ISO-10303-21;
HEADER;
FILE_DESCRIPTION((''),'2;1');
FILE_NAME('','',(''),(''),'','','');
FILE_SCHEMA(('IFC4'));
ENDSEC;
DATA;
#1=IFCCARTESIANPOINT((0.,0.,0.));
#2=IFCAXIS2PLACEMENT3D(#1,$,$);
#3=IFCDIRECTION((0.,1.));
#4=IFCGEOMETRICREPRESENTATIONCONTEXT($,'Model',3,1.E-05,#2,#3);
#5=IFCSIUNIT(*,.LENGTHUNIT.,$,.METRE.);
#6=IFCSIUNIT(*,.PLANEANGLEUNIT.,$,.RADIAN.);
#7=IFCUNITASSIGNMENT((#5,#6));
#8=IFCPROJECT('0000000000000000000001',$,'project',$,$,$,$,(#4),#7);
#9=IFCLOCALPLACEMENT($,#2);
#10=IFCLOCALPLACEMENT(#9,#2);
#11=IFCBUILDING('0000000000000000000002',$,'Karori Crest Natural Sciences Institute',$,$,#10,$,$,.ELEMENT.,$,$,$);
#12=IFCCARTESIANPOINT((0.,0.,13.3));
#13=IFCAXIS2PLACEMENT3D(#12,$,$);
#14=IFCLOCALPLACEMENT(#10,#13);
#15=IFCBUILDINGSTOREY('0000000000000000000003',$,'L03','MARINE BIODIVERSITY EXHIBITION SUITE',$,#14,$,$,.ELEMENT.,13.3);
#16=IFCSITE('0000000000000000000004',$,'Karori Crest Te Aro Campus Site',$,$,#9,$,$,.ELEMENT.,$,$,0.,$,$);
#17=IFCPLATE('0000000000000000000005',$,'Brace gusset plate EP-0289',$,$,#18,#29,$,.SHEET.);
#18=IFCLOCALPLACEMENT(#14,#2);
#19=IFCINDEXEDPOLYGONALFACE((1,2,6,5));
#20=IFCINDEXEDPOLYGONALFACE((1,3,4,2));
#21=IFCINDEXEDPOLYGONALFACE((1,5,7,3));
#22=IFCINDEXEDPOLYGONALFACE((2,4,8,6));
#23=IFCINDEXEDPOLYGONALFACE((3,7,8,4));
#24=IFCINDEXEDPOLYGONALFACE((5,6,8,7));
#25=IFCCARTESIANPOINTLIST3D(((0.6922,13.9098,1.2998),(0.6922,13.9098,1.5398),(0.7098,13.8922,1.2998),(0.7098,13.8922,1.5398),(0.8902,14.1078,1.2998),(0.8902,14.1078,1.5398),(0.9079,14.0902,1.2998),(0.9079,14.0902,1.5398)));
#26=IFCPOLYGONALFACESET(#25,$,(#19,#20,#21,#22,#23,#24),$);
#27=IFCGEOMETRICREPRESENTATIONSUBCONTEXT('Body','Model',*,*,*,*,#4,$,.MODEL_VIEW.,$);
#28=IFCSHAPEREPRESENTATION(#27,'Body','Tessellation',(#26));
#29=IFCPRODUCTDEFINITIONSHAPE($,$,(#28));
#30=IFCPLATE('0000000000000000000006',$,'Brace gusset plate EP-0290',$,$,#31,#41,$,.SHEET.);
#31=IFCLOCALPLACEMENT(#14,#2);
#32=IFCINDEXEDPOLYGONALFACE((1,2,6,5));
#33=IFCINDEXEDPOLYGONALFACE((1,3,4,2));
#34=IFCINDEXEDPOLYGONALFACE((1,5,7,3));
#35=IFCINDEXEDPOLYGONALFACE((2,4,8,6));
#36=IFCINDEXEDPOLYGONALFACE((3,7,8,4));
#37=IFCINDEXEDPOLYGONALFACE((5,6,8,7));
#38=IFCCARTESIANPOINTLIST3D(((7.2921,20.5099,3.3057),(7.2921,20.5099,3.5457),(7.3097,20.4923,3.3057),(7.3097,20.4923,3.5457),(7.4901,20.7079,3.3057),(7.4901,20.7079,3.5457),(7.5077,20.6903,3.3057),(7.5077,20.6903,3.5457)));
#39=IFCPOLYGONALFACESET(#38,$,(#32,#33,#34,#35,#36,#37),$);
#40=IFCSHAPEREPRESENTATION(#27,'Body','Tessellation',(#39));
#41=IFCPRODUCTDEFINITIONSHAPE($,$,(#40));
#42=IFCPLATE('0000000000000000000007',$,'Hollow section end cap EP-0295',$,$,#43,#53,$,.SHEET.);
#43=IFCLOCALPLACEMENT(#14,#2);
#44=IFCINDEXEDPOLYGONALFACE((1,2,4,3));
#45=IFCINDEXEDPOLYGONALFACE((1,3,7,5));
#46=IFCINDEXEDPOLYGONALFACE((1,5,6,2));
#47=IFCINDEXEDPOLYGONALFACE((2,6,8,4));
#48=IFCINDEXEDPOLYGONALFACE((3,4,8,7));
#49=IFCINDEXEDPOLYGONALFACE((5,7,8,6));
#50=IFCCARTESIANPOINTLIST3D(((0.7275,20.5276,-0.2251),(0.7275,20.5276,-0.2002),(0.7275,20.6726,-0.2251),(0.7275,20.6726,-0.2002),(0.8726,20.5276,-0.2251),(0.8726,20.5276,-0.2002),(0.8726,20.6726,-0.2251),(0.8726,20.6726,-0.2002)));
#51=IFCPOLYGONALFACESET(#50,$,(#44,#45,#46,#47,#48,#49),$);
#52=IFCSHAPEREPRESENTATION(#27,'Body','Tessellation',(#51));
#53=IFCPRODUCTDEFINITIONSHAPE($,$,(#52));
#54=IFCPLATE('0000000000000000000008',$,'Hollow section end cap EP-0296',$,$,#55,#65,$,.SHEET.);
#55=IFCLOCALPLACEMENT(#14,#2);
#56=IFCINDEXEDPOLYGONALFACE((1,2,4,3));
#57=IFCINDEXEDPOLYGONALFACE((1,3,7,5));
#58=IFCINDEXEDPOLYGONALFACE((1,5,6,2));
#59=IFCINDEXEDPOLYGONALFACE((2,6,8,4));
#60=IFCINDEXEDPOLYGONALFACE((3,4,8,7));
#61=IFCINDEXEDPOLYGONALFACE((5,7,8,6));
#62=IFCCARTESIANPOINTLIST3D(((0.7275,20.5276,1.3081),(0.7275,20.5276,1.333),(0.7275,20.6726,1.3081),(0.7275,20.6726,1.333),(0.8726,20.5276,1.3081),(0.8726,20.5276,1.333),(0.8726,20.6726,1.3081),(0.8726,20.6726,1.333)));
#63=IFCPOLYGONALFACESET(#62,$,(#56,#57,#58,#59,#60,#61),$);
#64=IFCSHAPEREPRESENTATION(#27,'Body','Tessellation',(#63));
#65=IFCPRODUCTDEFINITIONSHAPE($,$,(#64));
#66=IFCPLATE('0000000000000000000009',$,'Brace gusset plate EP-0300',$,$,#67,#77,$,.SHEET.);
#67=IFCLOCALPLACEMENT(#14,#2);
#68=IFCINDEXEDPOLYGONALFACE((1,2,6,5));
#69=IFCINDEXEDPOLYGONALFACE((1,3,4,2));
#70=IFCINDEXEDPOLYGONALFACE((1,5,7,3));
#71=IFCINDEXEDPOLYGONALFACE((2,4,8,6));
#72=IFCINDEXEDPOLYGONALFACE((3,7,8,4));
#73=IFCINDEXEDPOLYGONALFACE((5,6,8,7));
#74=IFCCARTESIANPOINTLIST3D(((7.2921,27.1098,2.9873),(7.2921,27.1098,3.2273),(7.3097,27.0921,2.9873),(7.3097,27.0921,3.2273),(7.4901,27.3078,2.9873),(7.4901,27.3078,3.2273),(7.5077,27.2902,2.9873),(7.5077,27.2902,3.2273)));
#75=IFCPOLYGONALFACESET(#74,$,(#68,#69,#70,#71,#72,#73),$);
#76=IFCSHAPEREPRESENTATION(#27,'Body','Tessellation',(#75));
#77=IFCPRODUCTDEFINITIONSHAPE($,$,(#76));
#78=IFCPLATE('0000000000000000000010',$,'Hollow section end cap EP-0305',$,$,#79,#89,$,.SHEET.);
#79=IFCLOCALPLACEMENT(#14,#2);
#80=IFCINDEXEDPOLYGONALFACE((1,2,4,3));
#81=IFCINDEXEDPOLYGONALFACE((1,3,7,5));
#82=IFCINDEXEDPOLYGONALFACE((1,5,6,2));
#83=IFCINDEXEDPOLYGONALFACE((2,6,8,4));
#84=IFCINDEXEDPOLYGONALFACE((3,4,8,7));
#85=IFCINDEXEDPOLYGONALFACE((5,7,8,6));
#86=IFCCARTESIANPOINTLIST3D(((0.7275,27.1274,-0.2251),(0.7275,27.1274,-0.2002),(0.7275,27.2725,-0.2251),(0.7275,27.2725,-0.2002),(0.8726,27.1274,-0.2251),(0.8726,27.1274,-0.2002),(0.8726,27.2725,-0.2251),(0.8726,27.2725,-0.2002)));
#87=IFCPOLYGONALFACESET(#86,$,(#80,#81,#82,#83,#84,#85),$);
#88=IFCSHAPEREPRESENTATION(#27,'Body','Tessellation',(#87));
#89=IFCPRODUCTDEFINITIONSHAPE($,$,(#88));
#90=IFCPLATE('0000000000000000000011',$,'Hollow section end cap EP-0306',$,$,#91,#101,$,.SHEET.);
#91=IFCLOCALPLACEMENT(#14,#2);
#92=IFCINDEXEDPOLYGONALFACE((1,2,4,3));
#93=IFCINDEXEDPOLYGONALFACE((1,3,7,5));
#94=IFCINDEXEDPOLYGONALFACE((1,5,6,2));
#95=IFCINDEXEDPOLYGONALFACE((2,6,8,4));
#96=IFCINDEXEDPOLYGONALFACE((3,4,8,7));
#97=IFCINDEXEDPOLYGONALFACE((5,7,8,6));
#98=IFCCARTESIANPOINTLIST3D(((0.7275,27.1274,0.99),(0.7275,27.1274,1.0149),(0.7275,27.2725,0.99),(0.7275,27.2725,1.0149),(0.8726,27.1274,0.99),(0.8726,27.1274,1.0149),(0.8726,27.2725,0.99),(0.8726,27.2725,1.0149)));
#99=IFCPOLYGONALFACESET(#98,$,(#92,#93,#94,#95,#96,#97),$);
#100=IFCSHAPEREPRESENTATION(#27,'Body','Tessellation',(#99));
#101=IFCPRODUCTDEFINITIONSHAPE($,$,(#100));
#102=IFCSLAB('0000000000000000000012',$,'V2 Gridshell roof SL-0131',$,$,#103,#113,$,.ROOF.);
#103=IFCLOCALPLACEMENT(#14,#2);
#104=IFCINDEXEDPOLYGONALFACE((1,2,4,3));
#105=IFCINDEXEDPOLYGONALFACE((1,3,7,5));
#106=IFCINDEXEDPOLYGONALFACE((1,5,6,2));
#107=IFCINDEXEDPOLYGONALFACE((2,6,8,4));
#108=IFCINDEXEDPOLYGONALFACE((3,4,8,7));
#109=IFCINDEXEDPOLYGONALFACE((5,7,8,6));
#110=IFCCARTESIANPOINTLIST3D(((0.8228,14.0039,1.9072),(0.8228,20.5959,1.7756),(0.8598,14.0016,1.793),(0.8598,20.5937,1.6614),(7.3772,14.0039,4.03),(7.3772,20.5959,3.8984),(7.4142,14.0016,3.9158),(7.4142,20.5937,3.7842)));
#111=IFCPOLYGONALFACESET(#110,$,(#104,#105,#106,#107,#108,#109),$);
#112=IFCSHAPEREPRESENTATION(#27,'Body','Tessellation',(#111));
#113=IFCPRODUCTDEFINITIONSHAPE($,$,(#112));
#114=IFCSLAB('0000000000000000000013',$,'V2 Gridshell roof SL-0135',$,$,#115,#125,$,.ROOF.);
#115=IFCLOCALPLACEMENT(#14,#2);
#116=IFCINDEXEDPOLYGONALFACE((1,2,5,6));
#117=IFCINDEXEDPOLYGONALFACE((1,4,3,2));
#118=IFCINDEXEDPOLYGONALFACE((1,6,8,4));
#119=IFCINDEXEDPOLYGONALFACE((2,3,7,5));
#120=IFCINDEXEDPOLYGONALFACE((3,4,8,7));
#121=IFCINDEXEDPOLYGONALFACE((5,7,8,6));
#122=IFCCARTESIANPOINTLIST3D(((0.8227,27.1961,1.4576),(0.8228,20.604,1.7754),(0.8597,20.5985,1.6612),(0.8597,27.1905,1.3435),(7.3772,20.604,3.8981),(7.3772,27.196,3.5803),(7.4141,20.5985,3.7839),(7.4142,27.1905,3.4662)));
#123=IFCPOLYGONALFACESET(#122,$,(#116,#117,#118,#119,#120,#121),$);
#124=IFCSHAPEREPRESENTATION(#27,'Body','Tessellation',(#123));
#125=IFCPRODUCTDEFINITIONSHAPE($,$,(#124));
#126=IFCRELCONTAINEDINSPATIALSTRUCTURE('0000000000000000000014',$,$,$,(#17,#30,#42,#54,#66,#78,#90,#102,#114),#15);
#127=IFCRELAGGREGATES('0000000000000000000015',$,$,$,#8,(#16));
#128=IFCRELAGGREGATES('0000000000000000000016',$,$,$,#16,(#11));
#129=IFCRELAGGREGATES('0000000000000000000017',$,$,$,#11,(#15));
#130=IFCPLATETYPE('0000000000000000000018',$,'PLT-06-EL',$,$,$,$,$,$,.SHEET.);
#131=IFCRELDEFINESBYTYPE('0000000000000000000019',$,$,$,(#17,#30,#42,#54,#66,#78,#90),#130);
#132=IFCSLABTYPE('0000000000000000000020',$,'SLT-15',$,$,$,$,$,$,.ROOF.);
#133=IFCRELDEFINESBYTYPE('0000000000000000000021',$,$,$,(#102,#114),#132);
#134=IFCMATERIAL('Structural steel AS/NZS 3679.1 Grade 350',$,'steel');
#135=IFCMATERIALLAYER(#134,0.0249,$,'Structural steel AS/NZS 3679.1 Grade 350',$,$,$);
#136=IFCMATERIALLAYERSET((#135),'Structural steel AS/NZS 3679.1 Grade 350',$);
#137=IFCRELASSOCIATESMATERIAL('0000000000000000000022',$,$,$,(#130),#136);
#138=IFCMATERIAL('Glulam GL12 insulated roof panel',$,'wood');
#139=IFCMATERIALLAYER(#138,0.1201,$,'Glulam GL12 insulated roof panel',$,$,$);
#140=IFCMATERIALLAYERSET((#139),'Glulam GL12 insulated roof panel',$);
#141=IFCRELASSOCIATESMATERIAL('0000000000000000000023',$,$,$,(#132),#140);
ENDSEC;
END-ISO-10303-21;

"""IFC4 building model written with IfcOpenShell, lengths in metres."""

from ifc_helpers import new_model, si_unit, direction, frame, origin, origin_2d, place, context, subcontext, project, spatial, polyline, rectangle, outline, extrude, material, layer, layer_set, type_object, element, save


model = new_model("IFC4")

# Units and contexts
model_context = context("Model", 3, precision=1e-05, world=origin(), true_north=direction((0.0, 1.0)))
body_context = subcontext(model_context, "Body", "Model", "MODEL_VIEW")
ifc_project = project(units=[si_unit("LENGTHUNIT", "METRE"), si_unit("PLANEANGLEUNIT", "RADIAN")], contexts=[model_context])

# Site, building, storey
site_placement = place(None, origin())
site = spatial("IfcSite", under=ifc_project, at=site_placement, Name="Karori Crest Te Aro Campus Site", CompositionType="ELEMENT", RefElevation=0.0)
building_placement = place(site_placement, origin())
building = spatial("IfcBuilding", under=site, at=building_placement, Name="Karori Crest Natural Sciences Institute", CompositionType="ELEMENT")
storey_placement = place(building_placement, frame((0.0, 0.0, 13.3)))
storey = spatial("IfcBuildingStorey", under=building, at=storey_placement, Name="L03", Description="MARINE BIODIVERSITY EXHIBITION SUITE", CompositionType="ELEMENT", Elevation=13.3)

# Shared definitions
ifc_material_1 = material(Name="Structural steel AS/NZS 3679.1 Grade 350", Category="steel")

# Plates
ifc_layer_1 = layer(ifc_material_1, 0.0249, Name="Structural steel AS/NZS 3679.1 Grade 350")
ifc_layer_set_1 = layer_set([ifc_layer_1], Name="Structural steel AS/NZS 3679.1 Grade 350")
plate_type_1 = type_object("IfcPlateType", Name="PLT-06-EL", PredefinedType="SHEET", material=ifc_layer_set_1)
for number, where, z_axis, x_axis, name in (
    (1, (0.8, 14.0, 1.2998), (0.0, 0.0, 1.0), (0.707107, 0.707107, 0.0), "Brace gusset plate EP-0289"),
    (2, (7.3999, 20.6001, 3.3057), (0.0, 0.0, 1.0), (0.707107, 0.707107, 0.0), "Brace gusset plate EP-0290"),
):
    element("IfcPlate", number, at=place(storey_placement, frame(where, z_axis=z_axis, x_axis=x_axis)), inside=storey, type_object=plate_type_1, Name=name, PredefinedType="SHEET", context=body_context, shape_type="SweptSolid", body=[
        extrude(rectangle(XDim=0.28, YDim=0.0249, at=origin_2d()), origin(), (0.0, 0.0, 1.0), 0.24),
    ])
for number, where, z_axis, x_axis, name in (
    (3, (0.8, 20.6001, -0.2251), (0.0, 0.0, 1.0), (1.0, 0.0, 0.0), "Hollow section end cap EP-0295"),
    (4, (0.8, 20.6001, 1.3081), (0.0, 0.0, 1.0), (1.0, 0.0, 0.0), "Hollow section end cap EP-0296"),
):
    element("IfcPlate", number, at=place(storey_placement, frame(where, z_axis=z_axis, x_axis=x_axis)), inside=storey, type_object=plate_type_1, Name=name, PredefinedType="SHEET", context=body_context, shape_type="SweptSolid", body=[
        extrude(rectangle(XDim=0.145, YDim=0.145, at=origin_2d()), origin(), (0.0, 0.0, 1.0), 0.0249),
    ])
plate_placement = place(storey_placement, frame((7.3999, 27.2, 2.9873), z_axis=(0.0, 0.0, 1.0), x_axis=(0.707107, 0.707107, 0.0)))
element("IfcPlate", 5, at=plate_placement, inside=storey, type_object=plate_type_1, Name="Brace gusset plate EP-0300", PredefinedType="SHEET", context=body_context, shape_type="SweptSolid", body=[
    extrude(rectangle(XDim=0.28, YDim=0.0249, at=origin_2d()), origin(), (0.0, 0.0, 1.0), 0.24),
])
for number, where, z_axis, x_axis, name in (
    (6, (0.8, 27.2, -0.2251), (0.0, 0.0, 1.0), (1.0, 0.0, 0.0), "Hollow section end cap EP-0305"),
    (7, (0.8, 27.2, 0.99), (0.0, 0.0, 1.0), (1.0, 0.0, 0.0), "Hollow section end cap EP-0306"),
):
    element("IfcPlate", number, at=place(storey_placement, frame(where, z_axis=z_axis, x_axis=x_axis)), inside=storey, type_object=plate_type_1, Name=name, PredefinedType="SHEET", context=body_context, shape_type="SweptSolid", body=[
        extrude(rectangle(XDim=0.145, YDim=0.145, at=origin_2d()), origin(), (0.0, 0.0, 1.0), 0.0249),
    ])

# Slabs
ifc_material_2 = material(Name="Glulam GL12 insulated roof panel", Category="wood")
ifc_layer_2 = layer(ifc_material_2, 0.1201, Name="Glulam GL12 insulated roof panel")
ifc_layer_set_2 = layer_set([ifc_layer_2], Name="Glulam GL12 insulated roof panel")
slab_type = type_object("IfcSlabType", Name="SLT-15", PredefinedType="ROOF", material=ifc_layer_set_2)
slab_1_placement = place(storey_placement, frame((0.8228, 14.0039, 1.9072), z_axis=(-0.30806, 0.018988, 0.951177), x_axis=(0.951349, 0.0, 0.308116)))
element("IfcSlab", 8, at=slab_1_placement, inside=storey, type_object=slab_type, Name="V2 Gridshell roof SL-0131", PredefinedType="ROOF", context=body_context, shape_type="SweptSolid", body=[
    extrude(outline(polyline([(0.0, 0.0), (6.8896, 0.0), (6.8491, 6.5932), (-0.0405, 6.5932), (0.0, 0.0)])), origin(), (0.0, 0.0, -1.0), 0.1201),
])
slab_2_placement = place(storey_placement, frame((0.8228, 20.604, 1.7754), z_axis=(-0.307776, 0.045809, 0.950355), x_axis=(0.951354, 0.000001, 0.3081)))
element("IfcSlab", 9, at=slab_2_placement, inside=storey, type_object=slab_type, Name="V2 Gridshell roof SL-0135", PredefinedType="ROOF", context=body_context, shape_type="SweptSolid", body=[
    extrude(outline(polyline([(0.0, 0.0), (6.8896, 0.0), (6.7917, 6.599), (-0.0979, 6.599), (0.0, 0.0)])), origin(), (0.0, 0.0, -1.0), 0.1201),
])

save(model, "model.ifc")
